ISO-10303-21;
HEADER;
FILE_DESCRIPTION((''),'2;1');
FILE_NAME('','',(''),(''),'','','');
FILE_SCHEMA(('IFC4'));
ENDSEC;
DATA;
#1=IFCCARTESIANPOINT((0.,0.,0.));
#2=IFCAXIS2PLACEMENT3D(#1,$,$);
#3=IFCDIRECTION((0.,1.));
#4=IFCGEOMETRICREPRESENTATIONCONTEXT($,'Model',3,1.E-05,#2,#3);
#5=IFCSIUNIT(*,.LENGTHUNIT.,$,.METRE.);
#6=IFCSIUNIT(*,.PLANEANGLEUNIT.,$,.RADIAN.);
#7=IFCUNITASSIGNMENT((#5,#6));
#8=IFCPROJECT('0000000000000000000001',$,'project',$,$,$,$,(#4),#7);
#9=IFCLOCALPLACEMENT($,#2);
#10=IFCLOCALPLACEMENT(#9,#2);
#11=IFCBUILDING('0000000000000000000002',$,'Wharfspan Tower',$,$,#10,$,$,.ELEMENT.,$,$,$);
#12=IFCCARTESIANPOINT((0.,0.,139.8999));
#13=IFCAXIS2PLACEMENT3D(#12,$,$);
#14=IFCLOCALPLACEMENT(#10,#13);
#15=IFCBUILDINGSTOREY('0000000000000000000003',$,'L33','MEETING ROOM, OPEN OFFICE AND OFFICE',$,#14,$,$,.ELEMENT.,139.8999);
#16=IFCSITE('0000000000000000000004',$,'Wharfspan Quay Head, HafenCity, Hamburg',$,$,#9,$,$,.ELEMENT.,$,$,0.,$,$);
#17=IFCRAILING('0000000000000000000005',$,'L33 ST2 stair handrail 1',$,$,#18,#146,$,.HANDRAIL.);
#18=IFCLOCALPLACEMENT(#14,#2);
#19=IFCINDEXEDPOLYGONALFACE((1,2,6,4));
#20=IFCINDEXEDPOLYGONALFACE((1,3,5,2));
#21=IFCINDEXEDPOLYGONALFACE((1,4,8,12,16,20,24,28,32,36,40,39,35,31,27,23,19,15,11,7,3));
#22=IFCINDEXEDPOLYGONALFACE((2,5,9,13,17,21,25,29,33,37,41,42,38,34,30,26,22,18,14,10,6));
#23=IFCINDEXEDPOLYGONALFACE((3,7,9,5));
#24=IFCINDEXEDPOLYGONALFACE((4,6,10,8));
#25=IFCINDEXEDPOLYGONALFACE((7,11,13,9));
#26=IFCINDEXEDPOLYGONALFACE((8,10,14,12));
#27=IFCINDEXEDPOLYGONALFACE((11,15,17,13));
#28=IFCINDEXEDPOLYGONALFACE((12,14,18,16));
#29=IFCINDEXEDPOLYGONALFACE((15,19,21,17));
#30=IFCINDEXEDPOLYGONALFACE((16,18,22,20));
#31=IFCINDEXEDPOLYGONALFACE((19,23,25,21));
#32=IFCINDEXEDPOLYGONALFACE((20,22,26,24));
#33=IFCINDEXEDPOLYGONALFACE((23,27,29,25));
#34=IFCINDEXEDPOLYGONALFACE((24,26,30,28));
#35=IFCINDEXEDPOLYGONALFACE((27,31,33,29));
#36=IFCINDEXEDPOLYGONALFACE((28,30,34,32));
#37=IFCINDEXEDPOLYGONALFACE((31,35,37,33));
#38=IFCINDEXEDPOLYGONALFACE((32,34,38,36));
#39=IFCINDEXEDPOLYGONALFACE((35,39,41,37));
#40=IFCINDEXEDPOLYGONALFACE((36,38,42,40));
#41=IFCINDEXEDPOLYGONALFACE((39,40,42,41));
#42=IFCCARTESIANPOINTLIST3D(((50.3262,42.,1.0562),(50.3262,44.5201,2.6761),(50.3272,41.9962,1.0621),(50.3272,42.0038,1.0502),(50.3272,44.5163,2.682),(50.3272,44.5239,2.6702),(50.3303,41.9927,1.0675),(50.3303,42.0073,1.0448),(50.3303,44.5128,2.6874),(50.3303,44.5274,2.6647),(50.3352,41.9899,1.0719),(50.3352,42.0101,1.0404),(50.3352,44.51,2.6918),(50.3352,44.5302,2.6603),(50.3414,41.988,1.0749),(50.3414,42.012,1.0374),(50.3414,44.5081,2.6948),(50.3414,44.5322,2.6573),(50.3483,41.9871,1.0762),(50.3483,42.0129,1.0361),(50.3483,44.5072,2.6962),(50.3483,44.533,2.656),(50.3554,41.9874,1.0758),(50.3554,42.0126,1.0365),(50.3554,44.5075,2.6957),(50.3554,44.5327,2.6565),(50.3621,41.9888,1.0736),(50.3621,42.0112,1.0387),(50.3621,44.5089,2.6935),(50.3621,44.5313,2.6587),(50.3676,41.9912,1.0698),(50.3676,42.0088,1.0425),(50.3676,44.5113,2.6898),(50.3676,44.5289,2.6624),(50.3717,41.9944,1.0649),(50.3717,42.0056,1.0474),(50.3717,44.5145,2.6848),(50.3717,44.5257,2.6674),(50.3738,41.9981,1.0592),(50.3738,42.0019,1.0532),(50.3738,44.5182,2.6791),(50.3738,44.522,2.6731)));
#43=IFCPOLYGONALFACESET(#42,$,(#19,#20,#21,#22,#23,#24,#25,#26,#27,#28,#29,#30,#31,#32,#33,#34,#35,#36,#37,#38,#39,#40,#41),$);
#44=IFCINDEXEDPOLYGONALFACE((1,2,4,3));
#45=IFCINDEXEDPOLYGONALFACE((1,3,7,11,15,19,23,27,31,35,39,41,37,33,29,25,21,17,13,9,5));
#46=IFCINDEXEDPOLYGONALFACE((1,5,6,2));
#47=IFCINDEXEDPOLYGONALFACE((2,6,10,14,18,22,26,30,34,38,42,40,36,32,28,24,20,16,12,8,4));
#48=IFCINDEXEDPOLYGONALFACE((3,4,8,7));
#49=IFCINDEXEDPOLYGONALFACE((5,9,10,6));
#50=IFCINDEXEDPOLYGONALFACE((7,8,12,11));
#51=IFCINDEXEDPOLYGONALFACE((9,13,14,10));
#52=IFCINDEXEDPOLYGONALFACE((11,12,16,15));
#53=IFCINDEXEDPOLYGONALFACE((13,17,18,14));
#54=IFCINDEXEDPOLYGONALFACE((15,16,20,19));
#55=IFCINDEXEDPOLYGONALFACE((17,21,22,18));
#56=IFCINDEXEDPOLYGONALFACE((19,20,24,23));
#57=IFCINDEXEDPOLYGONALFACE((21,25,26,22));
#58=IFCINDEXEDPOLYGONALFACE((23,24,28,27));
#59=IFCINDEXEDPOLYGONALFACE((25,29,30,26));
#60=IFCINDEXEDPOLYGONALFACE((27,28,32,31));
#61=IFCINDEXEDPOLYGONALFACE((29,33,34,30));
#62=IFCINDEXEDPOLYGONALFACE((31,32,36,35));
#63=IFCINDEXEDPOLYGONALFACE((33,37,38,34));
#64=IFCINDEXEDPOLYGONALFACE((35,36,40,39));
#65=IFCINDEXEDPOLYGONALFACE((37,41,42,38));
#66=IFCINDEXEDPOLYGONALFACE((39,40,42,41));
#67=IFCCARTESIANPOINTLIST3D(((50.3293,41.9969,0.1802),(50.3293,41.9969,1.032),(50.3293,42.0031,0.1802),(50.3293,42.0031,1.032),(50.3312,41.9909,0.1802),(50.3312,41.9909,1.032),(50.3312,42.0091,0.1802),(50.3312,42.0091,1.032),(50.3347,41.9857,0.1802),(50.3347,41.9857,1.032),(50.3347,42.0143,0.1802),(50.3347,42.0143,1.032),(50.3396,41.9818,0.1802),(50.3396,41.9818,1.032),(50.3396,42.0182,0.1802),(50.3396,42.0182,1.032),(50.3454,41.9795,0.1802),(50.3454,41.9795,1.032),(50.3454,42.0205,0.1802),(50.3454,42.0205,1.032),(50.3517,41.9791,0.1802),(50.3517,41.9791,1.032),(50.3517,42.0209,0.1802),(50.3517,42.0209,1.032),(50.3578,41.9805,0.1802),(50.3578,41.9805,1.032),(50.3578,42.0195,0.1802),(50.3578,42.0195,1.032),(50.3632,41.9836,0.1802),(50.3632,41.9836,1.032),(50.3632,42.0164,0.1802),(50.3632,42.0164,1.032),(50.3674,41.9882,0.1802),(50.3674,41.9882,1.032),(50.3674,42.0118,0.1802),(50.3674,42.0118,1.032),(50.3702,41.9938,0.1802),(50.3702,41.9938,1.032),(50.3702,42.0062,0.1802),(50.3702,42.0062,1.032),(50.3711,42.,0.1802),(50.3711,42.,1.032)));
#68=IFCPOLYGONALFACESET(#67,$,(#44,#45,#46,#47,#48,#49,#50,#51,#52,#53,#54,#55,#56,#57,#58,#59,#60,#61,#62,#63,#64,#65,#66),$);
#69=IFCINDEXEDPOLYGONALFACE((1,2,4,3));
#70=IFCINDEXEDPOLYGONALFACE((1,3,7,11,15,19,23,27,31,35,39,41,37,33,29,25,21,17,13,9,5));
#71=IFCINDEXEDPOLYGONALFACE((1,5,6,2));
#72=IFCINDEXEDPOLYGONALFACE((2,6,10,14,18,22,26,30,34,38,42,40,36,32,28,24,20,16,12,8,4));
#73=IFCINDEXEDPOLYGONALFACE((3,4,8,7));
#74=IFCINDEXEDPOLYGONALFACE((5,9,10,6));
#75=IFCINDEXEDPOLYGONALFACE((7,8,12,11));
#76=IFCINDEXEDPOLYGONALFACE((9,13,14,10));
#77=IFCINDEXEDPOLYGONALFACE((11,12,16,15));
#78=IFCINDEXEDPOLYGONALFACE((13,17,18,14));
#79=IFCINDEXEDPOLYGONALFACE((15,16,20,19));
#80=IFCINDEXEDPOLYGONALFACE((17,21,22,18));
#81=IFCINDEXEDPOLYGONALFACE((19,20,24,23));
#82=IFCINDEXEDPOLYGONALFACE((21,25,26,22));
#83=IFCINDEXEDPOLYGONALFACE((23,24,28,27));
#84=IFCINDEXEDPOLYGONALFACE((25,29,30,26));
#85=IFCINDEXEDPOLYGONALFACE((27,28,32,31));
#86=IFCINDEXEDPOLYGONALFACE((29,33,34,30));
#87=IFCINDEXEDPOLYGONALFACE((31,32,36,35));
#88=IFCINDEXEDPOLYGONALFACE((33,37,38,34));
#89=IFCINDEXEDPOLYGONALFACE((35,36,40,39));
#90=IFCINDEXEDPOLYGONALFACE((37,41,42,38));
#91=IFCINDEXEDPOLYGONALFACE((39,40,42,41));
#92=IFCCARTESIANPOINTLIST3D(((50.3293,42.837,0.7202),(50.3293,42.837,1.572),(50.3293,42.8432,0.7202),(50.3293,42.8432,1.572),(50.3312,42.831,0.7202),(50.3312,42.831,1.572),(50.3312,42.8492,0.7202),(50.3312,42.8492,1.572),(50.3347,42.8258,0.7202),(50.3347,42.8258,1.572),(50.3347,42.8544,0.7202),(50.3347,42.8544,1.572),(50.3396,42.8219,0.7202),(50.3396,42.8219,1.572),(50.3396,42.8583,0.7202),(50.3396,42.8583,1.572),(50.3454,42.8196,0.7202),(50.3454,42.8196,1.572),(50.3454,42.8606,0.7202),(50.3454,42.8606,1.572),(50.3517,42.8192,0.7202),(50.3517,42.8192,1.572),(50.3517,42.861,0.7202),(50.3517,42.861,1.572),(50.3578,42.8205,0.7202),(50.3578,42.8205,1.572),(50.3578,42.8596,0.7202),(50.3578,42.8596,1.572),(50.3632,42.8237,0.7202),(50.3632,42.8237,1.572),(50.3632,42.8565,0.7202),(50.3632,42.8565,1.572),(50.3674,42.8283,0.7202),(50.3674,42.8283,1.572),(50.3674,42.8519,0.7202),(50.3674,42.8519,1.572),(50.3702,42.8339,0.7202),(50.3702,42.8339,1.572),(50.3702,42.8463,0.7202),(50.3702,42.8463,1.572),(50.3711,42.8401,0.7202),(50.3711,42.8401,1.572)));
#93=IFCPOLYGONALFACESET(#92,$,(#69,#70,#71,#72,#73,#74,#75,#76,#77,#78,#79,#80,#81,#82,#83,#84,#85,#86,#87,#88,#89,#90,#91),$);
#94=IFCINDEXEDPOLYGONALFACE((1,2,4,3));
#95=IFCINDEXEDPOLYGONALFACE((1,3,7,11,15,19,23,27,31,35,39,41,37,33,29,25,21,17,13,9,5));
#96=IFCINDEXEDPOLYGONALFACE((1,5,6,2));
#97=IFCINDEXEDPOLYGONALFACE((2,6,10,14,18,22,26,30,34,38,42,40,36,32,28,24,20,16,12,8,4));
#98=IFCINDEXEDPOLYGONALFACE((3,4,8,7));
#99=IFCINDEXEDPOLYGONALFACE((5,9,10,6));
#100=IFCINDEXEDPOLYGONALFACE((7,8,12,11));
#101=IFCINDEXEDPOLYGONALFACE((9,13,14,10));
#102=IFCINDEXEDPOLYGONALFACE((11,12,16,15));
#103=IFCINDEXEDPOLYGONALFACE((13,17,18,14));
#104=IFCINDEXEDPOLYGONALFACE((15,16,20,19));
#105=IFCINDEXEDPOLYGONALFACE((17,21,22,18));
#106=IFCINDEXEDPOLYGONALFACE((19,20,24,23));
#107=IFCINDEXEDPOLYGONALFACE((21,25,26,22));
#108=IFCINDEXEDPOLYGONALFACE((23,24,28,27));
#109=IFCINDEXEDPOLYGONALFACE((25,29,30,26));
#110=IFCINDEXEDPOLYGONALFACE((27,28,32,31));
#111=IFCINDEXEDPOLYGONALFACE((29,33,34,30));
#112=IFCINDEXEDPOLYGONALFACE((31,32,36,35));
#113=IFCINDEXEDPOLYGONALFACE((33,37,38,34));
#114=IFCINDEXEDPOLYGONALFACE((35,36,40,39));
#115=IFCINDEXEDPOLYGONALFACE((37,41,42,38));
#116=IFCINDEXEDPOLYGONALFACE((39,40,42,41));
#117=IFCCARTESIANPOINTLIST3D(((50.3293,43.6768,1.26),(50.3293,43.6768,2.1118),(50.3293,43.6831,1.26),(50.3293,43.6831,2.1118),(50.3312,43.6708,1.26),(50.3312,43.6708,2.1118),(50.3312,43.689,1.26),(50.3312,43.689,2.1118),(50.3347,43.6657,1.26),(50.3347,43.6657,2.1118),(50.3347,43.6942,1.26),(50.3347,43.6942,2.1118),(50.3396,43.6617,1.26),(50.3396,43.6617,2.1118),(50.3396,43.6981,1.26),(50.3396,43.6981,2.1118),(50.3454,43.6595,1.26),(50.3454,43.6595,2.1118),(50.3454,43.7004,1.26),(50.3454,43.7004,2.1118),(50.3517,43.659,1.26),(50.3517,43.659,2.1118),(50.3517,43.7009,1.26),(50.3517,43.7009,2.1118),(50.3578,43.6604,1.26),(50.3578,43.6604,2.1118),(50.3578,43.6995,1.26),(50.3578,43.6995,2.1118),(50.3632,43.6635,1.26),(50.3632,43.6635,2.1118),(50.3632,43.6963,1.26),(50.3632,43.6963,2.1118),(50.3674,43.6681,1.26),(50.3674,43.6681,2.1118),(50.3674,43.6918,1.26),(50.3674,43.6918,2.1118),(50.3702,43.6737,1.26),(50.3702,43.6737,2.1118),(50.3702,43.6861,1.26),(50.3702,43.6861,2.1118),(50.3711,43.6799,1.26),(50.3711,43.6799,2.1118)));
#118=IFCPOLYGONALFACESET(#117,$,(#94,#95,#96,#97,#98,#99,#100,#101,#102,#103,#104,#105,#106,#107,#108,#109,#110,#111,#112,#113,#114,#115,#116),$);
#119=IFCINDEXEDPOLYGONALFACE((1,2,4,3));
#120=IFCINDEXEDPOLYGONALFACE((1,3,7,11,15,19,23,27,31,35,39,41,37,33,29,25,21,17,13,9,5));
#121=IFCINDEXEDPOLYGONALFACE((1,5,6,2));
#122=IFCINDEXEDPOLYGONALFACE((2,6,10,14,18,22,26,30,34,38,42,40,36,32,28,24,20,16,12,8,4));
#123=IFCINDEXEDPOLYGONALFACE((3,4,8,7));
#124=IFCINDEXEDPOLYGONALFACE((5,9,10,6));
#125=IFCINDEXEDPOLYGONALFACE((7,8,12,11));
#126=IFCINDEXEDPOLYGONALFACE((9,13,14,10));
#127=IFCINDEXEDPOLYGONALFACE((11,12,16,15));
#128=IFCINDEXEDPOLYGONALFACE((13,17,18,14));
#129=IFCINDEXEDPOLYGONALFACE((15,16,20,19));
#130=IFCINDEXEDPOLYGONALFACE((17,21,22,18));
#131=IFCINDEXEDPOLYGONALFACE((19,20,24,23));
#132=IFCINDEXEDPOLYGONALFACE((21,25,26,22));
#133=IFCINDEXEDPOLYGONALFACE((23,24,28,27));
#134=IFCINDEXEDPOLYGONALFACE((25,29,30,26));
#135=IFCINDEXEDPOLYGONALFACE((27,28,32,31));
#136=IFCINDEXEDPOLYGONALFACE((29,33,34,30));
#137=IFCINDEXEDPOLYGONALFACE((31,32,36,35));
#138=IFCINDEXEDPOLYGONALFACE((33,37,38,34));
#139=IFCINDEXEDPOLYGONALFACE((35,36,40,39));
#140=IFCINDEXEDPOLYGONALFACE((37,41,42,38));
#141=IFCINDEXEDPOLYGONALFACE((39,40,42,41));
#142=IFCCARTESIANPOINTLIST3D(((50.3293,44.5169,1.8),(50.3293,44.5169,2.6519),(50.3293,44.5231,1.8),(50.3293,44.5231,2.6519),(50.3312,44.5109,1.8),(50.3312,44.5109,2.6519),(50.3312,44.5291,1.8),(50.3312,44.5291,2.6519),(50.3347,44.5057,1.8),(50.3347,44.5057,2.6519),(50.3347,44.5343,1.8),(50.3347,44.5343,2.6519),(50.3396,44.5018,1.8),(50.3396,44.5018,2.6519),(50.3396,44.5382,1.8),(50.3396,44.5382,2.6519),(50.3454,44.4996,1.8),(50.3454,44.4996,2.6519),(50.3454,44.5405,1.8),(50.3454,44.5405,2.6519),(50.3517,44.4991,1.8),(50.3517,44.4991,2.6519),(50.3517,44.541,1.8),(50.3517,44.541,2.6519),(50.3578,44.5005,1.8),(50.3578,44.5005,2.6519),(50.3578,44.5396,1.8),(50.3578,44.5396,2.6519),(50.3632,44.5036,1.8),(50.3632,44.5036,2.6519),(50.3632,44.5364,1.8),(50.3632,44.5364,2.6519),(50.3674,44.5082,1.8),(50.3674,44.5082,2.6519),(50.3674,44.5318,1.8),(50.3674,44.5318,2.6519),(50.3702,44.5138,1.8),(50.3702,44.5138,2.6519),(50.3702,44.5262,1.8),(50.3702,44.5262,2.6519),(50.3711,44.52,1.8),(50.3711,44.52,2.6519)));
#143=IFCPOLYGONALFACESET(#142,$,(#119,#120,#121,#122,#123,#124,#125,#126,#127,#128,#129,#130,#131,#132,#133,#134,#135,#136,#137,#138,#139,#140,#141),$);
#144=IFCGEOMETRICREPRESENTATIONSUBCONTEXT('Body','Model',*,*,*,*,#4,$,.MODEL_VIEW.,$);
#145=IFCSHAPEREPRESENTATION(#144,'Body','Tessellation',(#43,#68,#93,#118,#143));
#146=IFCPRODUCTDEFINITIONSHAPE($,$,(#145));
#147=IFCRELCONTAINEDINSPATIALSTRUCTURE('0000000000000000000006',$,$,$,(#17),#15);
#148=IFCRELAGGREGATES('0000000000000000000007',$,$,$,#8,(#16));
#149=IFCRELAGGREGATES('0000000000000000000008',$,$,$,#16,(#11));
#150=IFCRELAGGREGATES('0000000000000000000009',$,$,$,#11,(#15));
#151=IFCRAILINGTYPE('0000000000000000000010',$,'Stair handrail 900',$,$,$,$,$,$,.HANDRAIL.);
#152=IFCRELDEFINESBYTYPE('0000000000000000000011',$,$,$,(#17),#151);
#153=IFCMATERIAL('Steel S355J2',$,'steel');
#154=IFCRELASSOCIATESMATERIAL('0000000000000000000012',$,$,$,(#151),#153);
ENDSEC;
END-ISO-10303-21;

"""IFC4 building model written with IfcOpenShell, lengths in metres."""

from ifc_helpers import new_model, si_unit, direction, frame, origin, origin_2d, place, context, subcontext, project, spatial, circle, extrude, material, type_object, element, save


model = new_model("IFC4")

# Units and contexts
model_context = context("Model", 3, precision=1e-05, world=origin(), true_north=direction((0.0, 1.0)))
body_context = subcontext(model_context, "Body", "Model", "MODEL_VIEW")
ifc_project = project(units=[si_unit("LENGTHUNIT", "METRE"), si_unit("PLANEANGLEUNIT", "RADIAN")], contexts=[model_context])

# Site, building, storey
site_placement = place(None, origin())
site = spatial("IfcSite", under=ifc_project, at=site_placement, Name="Wharfspan Quay Head, HafenCity, Hamburg", CompositionType="ELEMENT", RefElevation=0.0)
building_placement = place(site_placement, origin())
building = spatial("IfcBuilding", under=site, at=building_placement, Name="Wharfspan Tower", CompositionType="ELEMENT")
storey_placement = place(building_placement, frame((0.0, 0.0, 139.8999)))
storey = spatial("IfcBuildingStorey", under=building, at=storey_placement, Name="L33", Description="MEETING ROOM, OPEN OFFICE AND OFFICE", CompositionType="ELEMENT", Elevation=139.8999)

# Shared definitions
ifc_material_1 = material(Name="Steel S355J2", Category="steel")

# Railing
railing_type_1 = type_object("IfcRailingType", Name="Stair handrail 900", PredefinedType="HANDRAIL", material=ifc_material_1)
railing_1_placement = place(storey_placement, frame((50.3501, 42.0, 0.1802)))
element("IfcRailing", 1, at=railing_1_placement, inside=storey, type_object=railing_type_1, Name="L33 ST2 stair handrail 1", PredefinedType="HANDRAIL", context=body_context, shape_type="SweptSolid", body=[
    extrude(circle(Radius=0.0239, at=origin_2d()), frame((0.0, 0.0, 0.876), z_axis=(0.0, 0.8412, 0.540725), x_axis=(-1.0, 0.0, 0.0)), (0.0, 0.0, 1.0), 2.9958),
    extrude(circle(Radius=0.021, at=origin_2d()), origin(), (0.0, 0.0, 1.0), 0.8518),
    extrude(circle(Radius=0.021, at=origin_2d()), frame((0.0, 0.8401, 0.54)), (0.0, 0.0, 1.0), 0.8518),
    extrude(circle(Radius=0.021, at=origin_2d()), frame((0.0, 1.6799, 1.0798)), (0.0, 0.0, 1.0), 0.8518),
    extrude(circle(Radius=0.021, at=origin_2d()), frame((0.0, 2.52, 1.6199)), (0.0, 0.0, 1.0), 0.8518),
])

save(model, "model.ifc")
